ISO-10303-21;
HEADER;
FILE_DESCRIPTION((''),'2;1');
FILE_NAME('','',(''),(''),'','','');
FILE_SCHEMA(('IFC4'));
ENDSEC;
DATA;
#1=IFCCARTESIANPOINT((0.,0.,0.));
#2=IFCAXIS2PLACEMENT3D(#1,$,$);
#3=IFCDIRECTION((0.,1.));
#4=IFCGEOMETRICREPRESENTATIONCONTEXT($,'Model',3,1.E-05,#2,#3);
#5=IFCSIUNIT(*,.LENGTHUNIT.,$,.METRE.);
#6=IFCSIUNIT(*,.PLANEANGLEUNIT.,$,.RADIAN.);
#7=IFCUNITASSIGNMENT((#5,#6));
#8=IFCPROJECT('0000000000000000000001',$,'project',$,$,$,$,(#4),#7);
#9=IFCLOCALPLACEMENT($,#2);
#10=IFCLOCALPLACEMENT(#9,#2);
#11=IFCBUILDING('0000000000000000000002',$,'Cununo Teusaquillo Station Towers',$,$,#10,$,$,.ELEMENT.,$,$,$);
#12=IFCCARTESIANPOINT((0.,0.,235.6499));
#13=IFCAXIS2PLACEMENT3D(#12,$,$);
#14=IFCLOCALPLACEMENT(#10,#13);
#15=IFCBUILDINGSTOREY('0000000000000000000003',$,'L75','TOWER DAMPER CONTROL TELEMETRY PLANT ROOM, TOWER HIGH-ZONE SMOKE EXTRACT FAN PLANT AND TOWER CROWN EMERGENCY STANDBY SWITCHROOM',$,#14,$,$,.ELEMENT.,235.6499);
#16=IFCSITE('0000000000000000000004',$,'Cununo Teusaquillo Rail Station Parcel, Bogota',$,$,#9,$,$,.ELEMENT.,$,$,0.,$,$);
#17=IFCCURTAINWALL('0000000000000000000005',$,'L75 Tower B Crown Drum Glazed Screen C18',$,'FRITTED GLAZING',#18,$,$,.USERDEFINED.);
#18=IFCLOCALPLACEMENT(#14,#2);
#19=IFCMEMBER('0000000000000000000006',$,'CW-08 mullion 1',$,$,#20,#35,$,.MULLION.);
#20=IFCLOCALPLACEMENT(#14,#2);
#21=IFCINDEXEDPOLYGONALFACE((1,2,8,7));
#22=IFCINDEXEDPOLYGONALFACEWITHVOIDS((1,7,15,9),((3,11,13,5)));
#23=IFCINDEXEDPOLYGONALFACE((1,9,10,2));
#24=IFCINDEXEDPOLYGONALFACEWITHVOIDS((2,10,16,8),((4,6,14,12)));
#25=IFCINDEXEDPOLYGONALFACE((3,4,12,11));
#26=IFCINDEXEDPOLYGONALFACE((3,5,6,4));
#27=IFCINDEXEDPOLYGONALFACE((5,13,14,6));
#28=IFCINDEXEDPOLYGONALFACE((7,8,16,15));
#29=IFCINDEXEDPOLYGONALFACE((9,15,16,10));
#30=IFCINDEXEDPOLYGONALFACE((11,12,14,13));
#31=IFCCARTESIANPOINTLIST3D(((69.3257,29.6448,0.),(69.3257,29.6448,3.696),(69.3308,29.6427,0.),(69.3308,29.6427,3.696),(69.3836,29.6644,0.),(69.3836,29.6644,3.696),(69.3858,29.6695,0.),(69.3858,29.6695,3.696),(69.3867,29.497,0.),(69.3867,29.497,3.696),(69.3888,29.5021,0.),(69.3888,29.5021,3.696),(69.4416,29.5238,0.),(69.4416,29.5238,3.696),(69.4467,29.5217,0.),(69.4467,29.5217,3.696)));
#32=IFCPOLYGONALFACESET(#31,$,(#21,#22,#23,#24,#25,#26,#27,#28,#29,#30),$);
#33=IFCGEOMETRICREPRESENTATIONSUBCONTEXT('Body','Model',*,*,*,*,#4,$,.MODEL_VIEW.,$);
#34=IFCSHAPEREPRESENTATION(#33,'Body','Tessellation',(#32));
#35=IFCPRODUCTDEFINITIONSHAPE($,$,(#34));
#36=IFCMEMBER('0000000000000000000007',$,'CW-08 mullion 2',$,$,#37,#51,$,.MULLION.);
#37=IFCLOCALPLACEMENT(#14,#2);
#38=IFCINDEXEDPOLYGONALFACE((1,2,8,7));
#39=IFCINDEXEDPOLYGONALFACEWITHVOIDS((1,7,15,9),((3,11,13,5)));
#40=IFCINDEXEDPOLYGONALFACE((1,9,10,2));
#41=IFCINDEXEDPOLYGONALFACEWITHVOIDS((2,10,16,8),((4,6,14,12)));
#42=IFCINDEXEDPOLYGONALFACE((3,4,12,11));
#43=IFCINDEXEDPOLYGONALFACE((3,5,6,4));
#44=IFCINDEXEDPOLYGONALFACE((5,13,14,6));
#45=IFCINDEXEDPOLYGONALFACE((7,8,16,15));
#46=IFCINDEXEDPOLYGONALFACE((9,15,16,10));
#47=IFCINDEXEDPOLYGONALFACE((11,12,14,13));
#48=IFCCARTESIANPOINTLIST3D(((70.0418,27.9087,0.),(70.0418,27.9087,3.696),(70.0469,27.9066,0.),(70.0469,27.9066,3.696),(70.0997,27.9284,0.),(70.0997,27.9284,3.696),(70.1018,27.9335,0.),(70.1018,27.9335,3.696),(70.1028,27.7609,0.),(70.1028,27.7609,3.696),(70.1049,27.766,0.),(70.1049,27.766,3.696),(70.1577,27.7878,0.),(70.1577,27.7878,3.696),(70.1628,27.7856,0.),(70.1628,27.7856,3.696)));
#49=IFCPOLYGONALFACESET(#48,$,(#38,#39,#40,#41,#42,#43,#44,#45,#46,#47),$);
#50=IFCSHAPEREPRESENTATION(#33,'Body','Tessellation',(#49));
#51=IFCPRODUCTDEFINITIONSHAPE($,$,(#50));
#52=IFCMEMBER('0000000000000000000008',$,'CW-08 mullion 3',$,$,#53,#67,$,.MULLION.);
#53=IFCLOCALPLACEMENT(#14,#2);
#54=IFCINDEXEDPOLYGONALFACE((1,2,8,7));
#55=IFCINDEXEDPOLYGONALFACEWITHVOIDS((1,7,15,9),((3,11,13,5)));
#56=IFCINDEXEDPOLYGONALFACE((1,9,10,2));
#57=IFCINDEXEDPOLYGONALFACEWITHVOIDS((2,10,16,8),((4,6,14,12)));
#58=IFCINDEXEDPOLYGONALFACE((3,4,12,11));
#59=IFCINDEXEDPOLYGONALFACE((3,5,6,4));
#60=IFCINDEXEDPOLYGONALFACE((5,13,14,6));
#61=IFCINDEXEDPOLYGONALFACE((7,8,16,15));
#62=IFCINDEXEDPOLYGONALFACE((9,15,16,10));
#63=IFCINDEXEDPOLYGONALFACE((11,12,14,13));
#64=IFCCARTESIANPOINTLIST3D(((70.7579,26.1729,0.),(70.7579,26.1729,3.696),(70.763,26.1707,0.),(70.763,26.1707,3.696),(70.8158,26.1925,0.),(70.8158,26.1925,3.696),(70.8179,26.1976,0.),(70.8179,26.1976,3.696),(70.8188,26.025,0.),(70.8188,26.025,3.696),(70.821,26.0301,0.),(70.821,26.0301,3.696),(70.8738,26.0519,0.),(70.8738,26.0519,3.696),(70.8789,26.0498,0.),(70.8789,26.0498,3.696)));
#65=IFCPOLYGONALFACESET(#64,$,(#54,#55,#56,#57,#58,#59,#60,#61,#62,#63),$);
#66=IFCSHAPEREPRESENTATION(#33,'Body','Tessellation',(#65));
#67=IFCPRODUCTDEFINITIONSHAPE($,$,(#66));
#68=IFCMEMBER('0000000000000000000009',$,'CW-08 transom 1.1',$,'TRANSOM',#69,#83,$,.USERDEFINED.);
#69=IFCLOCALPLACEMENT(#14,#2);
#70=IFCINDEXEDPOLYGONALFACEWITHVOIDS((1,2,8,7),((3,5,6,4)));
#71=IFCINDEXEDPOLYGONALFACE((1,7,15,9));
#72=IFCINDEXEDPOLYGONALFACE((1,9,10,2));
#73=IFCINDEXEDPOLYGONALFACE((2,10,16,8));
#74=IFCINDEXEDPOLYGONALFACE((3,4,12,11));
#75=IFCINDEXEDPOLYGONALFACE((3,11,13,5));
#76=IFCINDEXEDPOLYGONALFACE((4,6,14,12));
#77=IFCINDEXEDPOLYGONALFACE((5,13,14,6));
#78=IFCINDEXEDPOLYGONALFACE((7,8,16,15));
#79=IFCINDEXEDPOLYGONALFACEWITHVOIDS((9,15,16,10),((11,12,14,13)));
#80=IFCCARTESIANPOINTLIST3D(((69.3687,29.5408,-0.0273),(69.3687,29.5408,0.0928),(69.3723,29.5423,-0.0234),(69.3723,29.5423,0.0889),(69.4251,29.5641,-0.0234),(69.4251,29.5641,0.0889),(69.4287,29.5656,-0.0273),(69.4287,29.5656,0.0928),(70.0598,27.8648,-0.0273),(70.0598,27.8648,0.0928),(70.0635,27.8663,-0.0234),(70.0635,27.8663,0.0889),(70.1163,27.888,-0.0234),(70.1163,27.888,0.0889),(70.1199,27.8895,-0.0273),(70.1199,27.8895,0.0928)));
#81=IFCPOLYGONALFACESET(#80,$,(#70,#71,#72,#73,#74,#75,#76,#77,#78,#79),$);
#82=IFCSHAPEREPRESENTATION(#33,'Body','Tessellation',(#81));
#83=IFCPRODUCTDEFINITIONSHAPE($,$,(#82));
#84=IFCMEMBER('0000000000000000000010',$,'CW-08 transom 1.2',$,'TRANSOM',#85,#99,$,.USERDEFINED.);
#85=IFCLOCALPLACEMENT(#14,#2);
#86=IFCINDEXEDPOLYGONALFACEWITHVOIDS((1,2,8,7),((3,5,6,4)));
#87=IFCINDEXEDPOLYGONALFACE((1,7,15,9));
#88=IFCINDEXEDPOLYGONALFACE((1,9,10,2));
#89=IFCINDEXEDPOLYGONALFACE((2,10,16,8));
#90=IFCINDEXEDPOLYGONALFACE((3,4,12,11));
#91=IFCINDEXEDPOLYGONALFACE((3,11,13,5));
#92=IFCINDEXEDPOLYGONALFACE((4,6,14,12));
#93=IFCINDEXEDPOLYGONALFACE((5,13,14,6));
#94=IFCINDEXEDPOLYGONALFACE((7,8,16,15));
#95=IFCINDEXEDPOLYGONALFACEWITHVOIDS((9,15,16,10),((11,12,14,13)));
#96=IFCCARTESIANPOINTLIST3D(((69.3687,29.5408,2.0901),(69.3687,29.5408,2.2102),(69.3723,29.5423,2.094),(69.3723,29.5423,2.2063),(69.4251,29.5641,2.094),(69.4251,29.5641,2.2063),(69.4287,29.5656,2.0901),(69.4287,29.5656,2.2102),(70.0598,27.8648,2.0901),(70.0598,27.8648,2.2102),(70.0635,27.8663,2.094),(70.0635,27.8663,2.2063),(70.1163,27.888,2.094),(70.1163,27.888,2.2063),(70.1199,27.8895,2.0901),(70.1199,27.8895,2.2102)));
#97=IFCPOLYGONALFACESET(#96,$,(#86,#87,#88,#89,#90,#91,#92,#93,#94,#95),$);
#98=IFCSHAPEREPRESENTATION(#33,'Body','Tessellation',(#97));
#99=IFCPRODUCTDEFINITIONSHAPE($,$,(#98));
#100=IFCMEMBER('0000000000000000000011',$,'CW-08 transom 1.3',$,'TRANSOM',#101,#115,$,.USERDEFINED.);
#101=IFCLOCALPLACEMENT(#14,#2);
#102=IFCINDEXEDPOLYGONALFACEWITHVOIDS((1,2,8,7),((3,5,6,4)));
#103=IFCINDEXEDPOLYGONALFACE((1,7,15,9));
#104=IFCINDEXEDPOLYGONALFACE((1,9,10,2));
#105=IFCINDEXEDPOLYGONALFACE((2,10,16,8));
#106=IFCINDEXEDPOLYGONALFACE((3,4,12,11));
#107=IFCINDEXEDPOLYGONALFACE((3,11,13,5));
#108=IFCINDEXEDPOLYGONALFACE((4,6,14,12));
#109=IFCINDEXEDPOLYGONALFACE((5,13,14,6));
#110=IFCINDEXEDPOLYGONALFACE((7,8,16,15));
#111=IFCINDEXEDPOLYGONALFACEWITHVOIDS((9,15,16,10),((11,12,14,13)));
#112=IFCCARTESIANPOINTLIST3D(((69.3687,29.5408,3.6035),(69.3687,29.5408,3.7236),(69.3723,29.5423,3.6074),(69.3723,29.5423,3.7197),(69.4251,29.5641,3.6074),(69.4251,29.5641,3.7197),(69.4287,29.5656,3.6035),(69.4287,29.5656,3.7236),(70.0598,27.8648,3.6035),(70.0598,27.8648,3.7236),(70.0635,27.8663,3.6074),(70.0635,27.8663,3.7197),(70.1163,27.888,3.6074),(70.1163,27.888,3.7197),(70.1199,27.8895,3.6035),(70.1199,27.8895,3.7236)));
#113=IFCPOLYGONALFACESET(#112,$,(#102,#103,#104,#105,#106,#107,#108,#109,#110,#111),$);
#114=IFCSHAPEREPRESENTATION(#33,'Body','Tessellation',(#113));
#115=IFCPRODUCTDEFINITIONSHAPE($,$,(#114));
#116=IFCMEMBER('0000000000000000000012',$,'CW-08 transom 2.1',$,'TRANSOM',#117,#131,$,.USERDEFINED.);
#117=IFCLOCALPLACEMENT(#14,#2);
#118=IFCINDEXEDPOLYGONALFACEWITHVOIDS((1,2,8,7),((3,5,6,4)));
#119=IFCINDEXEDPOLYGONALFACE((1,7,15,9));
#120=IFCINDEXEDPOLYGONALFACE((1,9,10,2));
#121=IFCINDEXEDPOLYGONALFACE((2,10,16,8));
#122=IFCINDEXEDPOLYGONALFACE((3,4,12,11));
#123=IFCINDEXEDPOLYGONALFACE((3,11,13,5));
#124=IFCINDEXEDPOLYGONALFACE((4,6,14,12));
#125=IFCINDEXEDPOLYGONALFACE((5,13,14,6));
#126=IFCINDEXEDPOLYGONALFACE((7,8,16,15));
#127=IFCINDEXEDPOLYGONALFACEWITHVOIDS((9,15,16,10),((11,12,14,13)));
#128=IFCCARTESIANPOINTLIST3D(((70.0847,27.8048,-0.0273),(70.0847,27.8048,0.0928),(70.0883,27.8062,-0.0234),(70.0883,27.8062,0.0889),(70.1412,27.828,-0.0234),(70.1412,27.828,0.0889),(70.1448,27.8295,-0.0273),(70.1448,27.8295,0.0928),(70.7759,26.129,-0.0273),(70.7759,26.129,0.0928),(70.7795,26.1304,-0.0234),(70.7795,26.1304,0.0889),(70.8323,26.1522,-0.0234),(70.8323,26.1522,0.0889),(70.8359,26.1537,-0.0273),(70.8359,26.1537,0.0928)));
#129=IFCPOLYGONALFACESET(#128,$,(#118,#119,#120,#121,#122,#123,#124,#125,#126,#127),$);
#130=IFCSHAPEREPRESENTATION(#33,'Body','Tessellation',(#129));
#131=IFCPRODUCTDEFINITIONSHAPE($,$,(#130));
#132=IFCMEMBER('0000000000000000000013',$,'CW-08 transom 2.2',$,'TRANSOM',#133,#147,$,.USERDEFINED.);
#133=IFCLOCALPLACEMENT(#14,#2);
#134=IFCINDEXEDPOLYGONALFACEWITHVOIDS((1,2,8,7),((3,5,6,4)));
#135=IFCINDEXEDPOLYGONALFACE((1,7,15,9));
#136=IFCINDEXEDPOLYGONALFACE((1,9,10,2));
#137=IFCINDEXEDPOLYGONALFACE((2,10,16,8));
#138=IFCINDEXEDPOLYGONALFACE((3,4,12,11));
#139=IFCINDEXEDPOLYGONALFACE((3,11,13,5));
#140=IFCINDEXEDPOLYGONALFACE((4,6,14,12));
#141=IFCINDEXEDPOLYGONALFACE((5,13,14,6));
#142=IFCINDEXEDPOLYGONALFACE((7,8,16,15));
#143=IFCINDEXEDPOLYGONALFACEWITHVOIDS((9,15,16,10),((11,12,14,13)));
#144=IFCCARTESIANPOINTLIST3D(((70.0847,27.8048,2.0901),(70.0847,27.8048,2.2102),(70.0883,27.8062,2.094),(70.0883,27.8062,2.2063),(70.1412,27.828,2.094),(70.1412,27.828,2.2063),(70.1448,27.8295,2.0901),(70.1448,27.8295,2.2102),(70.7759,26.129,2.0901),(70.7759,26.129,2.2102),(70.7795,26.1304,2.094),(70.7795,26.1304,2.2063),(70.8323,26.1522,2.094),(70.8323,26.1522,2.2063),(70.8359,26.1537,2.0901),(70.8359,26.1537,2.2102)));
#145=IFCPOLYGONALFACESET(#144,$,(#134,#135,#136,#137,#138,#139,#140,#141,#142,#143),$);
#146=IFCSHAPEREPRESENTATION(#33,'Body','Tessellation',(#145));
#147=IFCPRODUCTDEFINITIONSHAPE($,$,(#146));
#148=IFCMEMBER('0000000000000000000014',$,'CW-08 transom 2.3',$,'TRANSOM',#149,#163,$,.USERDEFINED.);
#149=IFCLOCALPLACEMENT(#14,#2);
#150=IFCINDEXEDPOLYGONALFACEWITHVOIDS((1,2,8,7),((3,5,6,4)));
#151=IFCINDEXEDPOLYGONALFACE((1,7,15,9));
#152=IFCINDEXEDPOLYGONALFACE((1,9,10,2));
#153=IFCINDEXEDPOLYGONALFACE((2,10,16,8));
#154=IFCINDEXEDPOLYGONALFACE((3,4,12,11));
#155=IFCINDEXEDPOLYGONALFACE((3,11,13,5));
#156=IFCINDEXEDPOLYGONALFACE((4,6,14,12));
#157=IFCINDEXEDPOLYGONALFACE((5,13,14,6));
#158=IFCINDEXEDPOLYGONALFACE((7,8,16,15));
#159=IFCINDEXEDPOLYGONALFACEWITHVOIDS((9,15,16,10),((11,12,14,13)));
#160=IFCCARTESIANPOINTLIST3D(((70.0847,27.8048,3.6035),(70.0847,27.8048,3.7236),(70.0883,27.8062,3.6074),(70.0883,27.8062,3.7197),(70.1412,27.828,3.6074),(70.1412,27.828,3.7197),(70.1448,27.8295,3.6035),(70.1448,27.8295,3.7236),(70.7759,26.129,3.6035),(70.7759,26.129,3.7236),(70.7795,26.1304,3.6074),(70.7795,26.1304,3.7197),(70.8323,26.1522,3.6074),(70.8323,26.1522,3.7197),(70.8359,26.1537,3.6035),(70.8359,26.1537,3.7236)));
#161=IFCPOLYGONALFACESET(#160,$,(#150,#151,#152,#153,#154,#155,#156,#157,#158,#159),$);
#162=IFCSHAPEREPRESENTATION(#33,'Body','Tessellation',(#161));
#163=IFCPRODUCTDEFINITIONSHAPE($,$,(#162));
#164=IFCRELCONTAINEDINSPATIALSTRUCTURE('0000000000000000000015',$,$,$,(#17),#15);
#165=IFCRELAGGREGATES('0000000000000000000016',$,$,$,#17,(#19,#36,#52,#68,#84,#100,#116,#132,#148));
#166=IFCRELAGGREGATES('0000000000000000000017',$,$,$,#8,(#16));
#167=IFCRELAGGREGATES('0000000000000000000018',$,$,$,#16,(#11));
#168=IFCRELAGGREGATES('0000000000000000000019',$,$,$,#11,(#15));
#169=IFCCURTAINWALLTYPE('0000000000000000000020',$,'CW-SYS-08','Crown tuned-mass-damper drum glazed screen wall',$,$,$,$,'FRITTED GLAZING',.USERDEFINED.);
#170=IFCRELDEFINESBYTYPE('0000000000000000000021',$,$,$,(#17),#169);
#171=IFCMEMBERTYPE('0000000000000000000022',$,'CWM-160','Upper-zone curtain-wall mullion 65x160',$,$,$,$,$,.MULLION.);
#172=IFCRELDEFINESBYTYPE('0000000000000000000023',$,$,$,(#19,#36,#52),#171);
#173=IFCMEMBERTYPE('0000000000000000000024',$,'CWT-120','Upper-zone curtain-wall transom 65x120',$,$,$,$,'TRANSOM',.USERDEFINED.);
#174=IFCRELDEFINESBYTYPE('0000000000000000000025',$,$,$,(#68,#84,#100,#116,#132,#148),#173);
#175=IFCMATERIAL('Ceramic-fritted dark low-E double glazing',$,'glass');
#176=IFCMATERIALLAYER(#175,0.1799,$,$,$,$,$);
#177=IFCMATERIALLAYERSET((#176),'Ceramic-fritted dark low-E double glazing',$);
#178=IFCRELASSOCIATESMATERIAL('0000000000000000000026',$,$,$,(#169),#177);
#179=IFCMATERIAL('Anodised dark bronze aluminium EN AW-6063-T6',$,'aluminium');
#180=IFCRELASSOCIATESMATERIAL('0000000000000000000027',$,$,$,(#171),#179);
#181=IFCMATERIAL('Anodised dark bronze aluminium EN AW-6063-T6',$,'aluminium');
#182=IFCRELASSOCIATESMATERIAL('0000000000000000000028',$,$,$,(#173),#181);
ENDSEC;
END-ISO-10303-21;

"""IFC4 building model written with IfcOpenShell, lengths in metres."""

from ifc_helpers import new_model, si_unit, direction, frame, origin, origin_2d, place, context, subcontext, project, spatial, hollow_rectangle, extrude, material, layer, layer_set, material_profile, profile_set, type_object, element, aggregate, save


model = new_model("IFC4")

# Units and contexts
model_context = context("Model", 3, precision=1e-05, world=origin(), true_north=direction((0.0, 1.0)))
body_context = subcontext(model_context, "Body", "Model", "MODEL_VIEW")
ifc_project = project(units=[si_unit("LENGTHUNIT", "METRE"), si_unit("PLANEANGLEUNIT", "RADIAN")], contexts=[model_context])

# Site, building, storey
site_placement = place(None, origin())
site = spatial("IfcSite", under=ifc_project, at=site_placement, Name="Cununo Teusaquillo Rail Station Parcel, Bogota", CompositionType="ELEMENT", RefElevation=0.0)
building_placement = place(site_placement, origin())
building = spatial("IfcBuilding", under=site, at=building_placement, Name="Cununo Teusaquillo Station Towers", CompositionType="ELEMENT")
storey_placement = place(building_placement, frame((0.0, 0.0, 235.6499)))
storey = spatial("IfcBuildingStorey", under=building, at=storey_placement, Name="L75", Description="TOWER DAMPER CONTROL TELEMETRY PLANT ROOM, TOWER HIGH-ZONE SMOKE EXTRACT FAN PLANT AND TOWER CROWN EMERGENCY STANDBY SWITCHROOM", CompositionType="ELEMENT", Elevation=235.6499)

# Shared definitions
ifc_material_1 = material(Name="Ceramic-fritted dark low-E double glazing", Category="glass")
ifc_layer_1 = layer(ifc_material_1, 0.1799)
ifc_layer_set_1 = layer_set([ifc_layer_1], Name="Ceramic-fritted dark low-E double glazing")
curtain_wall_type = type_object("IfcCurtainWallType", Name="CW-SYS-08", Description="Crown tuned-mass-damper drum glazed screen wall", ElementType="FRITTED GLAZING", PredefinedType="USERDEFINED", material=ifc_layer_set_1)
ifc_material_2 = material(Name="Anodised dark bronze aluminium EN AW-6063-T6", Category="aluminium")
ifc_material_profile_1 = material_profile(ifc_material_2, hollow_rectangle(XDim=0.0649, YDim=0.1599, WallThickness=0.0039, at=origin_2d()), Name="CW-MULL-65x160")
ifc_profile_set_1 = profile_set([ifc_material_profile_1], Name="Anodised dark bronze aluminium EN AW-6063-T6")
member_type_1 = type_object("IfcMemberType", Name="CWM-160", Description="Upper-zone curtain-wall mullion 65x160", PredefinedType="MULLION", material=ifc_profile_set_1)

# Curtain wall, members
curtain_wall_1_placement = place(storey_placement, origin())
curtain_wall_1 = element("IfcCurtainWall", 1, at=curtain_wall_1_placement, inside=storey, type_object=curtain_wall_type, Name="L75 Tower B Crown Drum Glazed Screen C18", ObjectType="FRITTED GLAZING", PredefinedType="USERDEFINED")
member_1_placement = place(storey_placement, frame((69.3862, 29.5833, 0.0), z_axis=(0.0, 0.0, 1.0), x_axis=(0.924447, 0.381311, 0.0)))
member_1 = element("IfcMember", 2, at=member_1_placement, type_object=member_type_1, Name="CW-08 mullion 1", PredefinedType="MULLION", context=body_context, shape_type="SweptSolid", body=[
    extrude(hollow_rectangle(XDim=0.0649, YDim=0.1599, WallThickness=0.0039, at=origin_2d()), origin(), (0.0, 0.0, 1.0), 3.696),
])
member_2_placement = place(storey_placement, frame((70.1023, 27.8472, 0.0), z_axis=(0.0, 0.0, 1.0), x_axis=(0.924447, 0.381311, 0.0)))
member_2 = element("IfcMember", 3, at=member_2_placement, type_object=member_type_1, Name="CW-08 mullion 2", PredefinedType="MULLION", context=body_context, shape_type="SweptSolid", body=[
    extrude(hollow_rectangle(XDim=0.0649, YDim=0.1599, WallThickness=0.0039, at=origin_2d()), origin(), (0.0, 0.0, 1.0), 3.696),
])
member_3_placement = place(storey_placement, frame((70.8184, 26.1113, 0.0), z_axis=(0.0, 0.0, 1.0), x_axis=(0.924447, 0.381311, 0.0)))
member_3 = element("IfcMember", 4, at=member_3_placement, type_object=member_type_1, Name="CW-08 mullion 3", PredefinedType="MULLION", context=body_context, shape_type="SweptSolid", body=[
    extrude(hollow_rectangle(XDim=0.0649, YDim=0.1599, WallThickness=0.0039, at=origin_2d()), origin(), (0.0, 0.0, 1.0), 3.696),
])
ifc_material_3 = material(Name="Anodised dark bronze aluminium EN AW-6063-T6", Category="aluminium")
ifc_material_profile_2 = material_profile(ifc_material_3, hollow_rectangle(XDim=0.0649, YDim=0.1201, WallThickness=0.0039, at=origin_2d()), Name="CW-TRAN-65x120")
ifc_profile_set_2 = profile_set([ifc_material_profile_2], Name="Anodised dark bronze aluminium EN AW-6063-T6")
member_type_2 = type_object("IfcMemberType", Name="CWT-120", Description="Upper-zone curtain-wall transom 65x120", ElementType="TRANSOM", PredefinedType="USERDEFINED", material=ifc_profile_set_2)
member_4_placement = place(storey_placement, frame((69.3987, 29.5532, 0.0327), z_axis=(0.381237, -0.924477, 0.0), x_axis=(0.924477, 0.381237, 0.0)))
member_4 = element("IfcMember", 5, at=member_4_placement, type_object=member_type_2, Name="CW-08 transom 1.1", ObjectType="TRANSOM", PredefinedType="USERDEFINED", context=body_context, shape_type="SweptSolid", body=[
    extrude(hollow_rectangle(XDim=0.0649, YDim=0.1201, WallThickness=0.0039, at=origin_2d()), origin(), (0.0, 0.0, 1.0), 1.813),
])
member_5_placement = place(storey_placement, frame((69.3987, 29.5532, 2.1501), z_axis=(0.381237, -0.924477, 0.0), x_axis=(0.924477, 0.381237, 0.0)))
member_5 = element("IfcMember", 6, at=member_5_placement, type_object=member_type_2, Name="CW-08 transom 1.2", ObjectType="TRANSOM", PredefinedType="USERDEFINED", context=body_context, shape_type="SweptSolid", body=[
    extrude(hollow_rectangle(XDim=0.0649, YDim=0.1201, WallThickness=0.0039, at=origin_2d()), origin(), (0.0, 0.0, 1.0), 1.813),
])
member_6_placement = place(storey_placement, frame((69.3987, 29.5532, 3.6636), z_axis=(0.381237, -0.924477, 0.0), x_axis=(0.924477, 0.381237, 0.0)))
member_6 = element("IfcMember", 7, at=member_6_placement, type_object=member_type_2, Name="CW-08 transom 1.3", ObjectType="TRANSOM", PredefinedType="USERDEFINED", context=body_context, shape_type="SweptSolid", body=[
    extrude(hollow_rectangle(XDim=0.0649, YDim=0.1201, WallThickness=0.0039, at=origin_2d()), origin(), (0.0, 0.0, 1.0), 1.813),
])
member_7_placement = place(storey_placement, frame((70.1147, 27.8171, 0.0327), z_axis=(0.381285, -0.924458, 0.0), x_axis=(0.924458, 0.381285, 0.0)))
member_7 = element("IfcMember", 8, at=member_7_placement, type_object=member_type_2, Name="CW-08 transom 2.1", ObjectType="TRANSOM", PredefinedType="USERDEFINED", context=body_context, shape_type="SweptSolid", body=[
    extrude(hollow_rectangle(XDim=0.0649, YDim=0.1201, WallThickness=0.0039, at=origin_2d()), origin(), (0.0, 0.0, 1.0), 1.8127),
])
member_8_placement = place(storey_placement, frame((70.1147, 27.8171, 2.1501), z_axis=(0.381285, -0.924458, 0.0), x_axis=(0.924458, 0.381285, 0.0)))
member_8 = element("IfcMember", 9, at=member_8_placement, type_object=member_type_2, Name="CW-08 transom 2.2", ObjectType="TRANSOM", PredefinedType="USERDEFINED", context=body_context, shape_type="SweptSolid", body=[
    extrude(hollow_rectangle(XDim=0.0649, YDim=0.1201, WallThickness=0.0039, at=origin_2d()), origin(), (0.0, 0.0, 1.0), 1.8127),
])
member_9_placement = place(storey_placement, frame((70.1147, 27.8171, 3.6636), z_axis=(0.381285, -0.924458, 0.0), x_axis=(0.924458, 0.381285, 0.0)))
member_9 = element("IfcMember", 10, at=member_9_placement, type_object=member_type_2, Name="CW-08 transom 2.3", ObjectType="TRANSOM", PredefinedType="USERDEFINED", context=body_context, shape_type="SweptSolid", body=[
    extrude(hollow_rectangle(XDim=0.0649, YDim=0.1201, WallThickness=0.0039, at=origin_2d()), origin(), (0.0, 0.0, 1.0), 1.8127),
])

aggregate(curtain_wall_1, [member_1, member_2, member_3, member_4, member_5, member_6, member_7, member_8, member_9])

save(model, "model.ifc")
